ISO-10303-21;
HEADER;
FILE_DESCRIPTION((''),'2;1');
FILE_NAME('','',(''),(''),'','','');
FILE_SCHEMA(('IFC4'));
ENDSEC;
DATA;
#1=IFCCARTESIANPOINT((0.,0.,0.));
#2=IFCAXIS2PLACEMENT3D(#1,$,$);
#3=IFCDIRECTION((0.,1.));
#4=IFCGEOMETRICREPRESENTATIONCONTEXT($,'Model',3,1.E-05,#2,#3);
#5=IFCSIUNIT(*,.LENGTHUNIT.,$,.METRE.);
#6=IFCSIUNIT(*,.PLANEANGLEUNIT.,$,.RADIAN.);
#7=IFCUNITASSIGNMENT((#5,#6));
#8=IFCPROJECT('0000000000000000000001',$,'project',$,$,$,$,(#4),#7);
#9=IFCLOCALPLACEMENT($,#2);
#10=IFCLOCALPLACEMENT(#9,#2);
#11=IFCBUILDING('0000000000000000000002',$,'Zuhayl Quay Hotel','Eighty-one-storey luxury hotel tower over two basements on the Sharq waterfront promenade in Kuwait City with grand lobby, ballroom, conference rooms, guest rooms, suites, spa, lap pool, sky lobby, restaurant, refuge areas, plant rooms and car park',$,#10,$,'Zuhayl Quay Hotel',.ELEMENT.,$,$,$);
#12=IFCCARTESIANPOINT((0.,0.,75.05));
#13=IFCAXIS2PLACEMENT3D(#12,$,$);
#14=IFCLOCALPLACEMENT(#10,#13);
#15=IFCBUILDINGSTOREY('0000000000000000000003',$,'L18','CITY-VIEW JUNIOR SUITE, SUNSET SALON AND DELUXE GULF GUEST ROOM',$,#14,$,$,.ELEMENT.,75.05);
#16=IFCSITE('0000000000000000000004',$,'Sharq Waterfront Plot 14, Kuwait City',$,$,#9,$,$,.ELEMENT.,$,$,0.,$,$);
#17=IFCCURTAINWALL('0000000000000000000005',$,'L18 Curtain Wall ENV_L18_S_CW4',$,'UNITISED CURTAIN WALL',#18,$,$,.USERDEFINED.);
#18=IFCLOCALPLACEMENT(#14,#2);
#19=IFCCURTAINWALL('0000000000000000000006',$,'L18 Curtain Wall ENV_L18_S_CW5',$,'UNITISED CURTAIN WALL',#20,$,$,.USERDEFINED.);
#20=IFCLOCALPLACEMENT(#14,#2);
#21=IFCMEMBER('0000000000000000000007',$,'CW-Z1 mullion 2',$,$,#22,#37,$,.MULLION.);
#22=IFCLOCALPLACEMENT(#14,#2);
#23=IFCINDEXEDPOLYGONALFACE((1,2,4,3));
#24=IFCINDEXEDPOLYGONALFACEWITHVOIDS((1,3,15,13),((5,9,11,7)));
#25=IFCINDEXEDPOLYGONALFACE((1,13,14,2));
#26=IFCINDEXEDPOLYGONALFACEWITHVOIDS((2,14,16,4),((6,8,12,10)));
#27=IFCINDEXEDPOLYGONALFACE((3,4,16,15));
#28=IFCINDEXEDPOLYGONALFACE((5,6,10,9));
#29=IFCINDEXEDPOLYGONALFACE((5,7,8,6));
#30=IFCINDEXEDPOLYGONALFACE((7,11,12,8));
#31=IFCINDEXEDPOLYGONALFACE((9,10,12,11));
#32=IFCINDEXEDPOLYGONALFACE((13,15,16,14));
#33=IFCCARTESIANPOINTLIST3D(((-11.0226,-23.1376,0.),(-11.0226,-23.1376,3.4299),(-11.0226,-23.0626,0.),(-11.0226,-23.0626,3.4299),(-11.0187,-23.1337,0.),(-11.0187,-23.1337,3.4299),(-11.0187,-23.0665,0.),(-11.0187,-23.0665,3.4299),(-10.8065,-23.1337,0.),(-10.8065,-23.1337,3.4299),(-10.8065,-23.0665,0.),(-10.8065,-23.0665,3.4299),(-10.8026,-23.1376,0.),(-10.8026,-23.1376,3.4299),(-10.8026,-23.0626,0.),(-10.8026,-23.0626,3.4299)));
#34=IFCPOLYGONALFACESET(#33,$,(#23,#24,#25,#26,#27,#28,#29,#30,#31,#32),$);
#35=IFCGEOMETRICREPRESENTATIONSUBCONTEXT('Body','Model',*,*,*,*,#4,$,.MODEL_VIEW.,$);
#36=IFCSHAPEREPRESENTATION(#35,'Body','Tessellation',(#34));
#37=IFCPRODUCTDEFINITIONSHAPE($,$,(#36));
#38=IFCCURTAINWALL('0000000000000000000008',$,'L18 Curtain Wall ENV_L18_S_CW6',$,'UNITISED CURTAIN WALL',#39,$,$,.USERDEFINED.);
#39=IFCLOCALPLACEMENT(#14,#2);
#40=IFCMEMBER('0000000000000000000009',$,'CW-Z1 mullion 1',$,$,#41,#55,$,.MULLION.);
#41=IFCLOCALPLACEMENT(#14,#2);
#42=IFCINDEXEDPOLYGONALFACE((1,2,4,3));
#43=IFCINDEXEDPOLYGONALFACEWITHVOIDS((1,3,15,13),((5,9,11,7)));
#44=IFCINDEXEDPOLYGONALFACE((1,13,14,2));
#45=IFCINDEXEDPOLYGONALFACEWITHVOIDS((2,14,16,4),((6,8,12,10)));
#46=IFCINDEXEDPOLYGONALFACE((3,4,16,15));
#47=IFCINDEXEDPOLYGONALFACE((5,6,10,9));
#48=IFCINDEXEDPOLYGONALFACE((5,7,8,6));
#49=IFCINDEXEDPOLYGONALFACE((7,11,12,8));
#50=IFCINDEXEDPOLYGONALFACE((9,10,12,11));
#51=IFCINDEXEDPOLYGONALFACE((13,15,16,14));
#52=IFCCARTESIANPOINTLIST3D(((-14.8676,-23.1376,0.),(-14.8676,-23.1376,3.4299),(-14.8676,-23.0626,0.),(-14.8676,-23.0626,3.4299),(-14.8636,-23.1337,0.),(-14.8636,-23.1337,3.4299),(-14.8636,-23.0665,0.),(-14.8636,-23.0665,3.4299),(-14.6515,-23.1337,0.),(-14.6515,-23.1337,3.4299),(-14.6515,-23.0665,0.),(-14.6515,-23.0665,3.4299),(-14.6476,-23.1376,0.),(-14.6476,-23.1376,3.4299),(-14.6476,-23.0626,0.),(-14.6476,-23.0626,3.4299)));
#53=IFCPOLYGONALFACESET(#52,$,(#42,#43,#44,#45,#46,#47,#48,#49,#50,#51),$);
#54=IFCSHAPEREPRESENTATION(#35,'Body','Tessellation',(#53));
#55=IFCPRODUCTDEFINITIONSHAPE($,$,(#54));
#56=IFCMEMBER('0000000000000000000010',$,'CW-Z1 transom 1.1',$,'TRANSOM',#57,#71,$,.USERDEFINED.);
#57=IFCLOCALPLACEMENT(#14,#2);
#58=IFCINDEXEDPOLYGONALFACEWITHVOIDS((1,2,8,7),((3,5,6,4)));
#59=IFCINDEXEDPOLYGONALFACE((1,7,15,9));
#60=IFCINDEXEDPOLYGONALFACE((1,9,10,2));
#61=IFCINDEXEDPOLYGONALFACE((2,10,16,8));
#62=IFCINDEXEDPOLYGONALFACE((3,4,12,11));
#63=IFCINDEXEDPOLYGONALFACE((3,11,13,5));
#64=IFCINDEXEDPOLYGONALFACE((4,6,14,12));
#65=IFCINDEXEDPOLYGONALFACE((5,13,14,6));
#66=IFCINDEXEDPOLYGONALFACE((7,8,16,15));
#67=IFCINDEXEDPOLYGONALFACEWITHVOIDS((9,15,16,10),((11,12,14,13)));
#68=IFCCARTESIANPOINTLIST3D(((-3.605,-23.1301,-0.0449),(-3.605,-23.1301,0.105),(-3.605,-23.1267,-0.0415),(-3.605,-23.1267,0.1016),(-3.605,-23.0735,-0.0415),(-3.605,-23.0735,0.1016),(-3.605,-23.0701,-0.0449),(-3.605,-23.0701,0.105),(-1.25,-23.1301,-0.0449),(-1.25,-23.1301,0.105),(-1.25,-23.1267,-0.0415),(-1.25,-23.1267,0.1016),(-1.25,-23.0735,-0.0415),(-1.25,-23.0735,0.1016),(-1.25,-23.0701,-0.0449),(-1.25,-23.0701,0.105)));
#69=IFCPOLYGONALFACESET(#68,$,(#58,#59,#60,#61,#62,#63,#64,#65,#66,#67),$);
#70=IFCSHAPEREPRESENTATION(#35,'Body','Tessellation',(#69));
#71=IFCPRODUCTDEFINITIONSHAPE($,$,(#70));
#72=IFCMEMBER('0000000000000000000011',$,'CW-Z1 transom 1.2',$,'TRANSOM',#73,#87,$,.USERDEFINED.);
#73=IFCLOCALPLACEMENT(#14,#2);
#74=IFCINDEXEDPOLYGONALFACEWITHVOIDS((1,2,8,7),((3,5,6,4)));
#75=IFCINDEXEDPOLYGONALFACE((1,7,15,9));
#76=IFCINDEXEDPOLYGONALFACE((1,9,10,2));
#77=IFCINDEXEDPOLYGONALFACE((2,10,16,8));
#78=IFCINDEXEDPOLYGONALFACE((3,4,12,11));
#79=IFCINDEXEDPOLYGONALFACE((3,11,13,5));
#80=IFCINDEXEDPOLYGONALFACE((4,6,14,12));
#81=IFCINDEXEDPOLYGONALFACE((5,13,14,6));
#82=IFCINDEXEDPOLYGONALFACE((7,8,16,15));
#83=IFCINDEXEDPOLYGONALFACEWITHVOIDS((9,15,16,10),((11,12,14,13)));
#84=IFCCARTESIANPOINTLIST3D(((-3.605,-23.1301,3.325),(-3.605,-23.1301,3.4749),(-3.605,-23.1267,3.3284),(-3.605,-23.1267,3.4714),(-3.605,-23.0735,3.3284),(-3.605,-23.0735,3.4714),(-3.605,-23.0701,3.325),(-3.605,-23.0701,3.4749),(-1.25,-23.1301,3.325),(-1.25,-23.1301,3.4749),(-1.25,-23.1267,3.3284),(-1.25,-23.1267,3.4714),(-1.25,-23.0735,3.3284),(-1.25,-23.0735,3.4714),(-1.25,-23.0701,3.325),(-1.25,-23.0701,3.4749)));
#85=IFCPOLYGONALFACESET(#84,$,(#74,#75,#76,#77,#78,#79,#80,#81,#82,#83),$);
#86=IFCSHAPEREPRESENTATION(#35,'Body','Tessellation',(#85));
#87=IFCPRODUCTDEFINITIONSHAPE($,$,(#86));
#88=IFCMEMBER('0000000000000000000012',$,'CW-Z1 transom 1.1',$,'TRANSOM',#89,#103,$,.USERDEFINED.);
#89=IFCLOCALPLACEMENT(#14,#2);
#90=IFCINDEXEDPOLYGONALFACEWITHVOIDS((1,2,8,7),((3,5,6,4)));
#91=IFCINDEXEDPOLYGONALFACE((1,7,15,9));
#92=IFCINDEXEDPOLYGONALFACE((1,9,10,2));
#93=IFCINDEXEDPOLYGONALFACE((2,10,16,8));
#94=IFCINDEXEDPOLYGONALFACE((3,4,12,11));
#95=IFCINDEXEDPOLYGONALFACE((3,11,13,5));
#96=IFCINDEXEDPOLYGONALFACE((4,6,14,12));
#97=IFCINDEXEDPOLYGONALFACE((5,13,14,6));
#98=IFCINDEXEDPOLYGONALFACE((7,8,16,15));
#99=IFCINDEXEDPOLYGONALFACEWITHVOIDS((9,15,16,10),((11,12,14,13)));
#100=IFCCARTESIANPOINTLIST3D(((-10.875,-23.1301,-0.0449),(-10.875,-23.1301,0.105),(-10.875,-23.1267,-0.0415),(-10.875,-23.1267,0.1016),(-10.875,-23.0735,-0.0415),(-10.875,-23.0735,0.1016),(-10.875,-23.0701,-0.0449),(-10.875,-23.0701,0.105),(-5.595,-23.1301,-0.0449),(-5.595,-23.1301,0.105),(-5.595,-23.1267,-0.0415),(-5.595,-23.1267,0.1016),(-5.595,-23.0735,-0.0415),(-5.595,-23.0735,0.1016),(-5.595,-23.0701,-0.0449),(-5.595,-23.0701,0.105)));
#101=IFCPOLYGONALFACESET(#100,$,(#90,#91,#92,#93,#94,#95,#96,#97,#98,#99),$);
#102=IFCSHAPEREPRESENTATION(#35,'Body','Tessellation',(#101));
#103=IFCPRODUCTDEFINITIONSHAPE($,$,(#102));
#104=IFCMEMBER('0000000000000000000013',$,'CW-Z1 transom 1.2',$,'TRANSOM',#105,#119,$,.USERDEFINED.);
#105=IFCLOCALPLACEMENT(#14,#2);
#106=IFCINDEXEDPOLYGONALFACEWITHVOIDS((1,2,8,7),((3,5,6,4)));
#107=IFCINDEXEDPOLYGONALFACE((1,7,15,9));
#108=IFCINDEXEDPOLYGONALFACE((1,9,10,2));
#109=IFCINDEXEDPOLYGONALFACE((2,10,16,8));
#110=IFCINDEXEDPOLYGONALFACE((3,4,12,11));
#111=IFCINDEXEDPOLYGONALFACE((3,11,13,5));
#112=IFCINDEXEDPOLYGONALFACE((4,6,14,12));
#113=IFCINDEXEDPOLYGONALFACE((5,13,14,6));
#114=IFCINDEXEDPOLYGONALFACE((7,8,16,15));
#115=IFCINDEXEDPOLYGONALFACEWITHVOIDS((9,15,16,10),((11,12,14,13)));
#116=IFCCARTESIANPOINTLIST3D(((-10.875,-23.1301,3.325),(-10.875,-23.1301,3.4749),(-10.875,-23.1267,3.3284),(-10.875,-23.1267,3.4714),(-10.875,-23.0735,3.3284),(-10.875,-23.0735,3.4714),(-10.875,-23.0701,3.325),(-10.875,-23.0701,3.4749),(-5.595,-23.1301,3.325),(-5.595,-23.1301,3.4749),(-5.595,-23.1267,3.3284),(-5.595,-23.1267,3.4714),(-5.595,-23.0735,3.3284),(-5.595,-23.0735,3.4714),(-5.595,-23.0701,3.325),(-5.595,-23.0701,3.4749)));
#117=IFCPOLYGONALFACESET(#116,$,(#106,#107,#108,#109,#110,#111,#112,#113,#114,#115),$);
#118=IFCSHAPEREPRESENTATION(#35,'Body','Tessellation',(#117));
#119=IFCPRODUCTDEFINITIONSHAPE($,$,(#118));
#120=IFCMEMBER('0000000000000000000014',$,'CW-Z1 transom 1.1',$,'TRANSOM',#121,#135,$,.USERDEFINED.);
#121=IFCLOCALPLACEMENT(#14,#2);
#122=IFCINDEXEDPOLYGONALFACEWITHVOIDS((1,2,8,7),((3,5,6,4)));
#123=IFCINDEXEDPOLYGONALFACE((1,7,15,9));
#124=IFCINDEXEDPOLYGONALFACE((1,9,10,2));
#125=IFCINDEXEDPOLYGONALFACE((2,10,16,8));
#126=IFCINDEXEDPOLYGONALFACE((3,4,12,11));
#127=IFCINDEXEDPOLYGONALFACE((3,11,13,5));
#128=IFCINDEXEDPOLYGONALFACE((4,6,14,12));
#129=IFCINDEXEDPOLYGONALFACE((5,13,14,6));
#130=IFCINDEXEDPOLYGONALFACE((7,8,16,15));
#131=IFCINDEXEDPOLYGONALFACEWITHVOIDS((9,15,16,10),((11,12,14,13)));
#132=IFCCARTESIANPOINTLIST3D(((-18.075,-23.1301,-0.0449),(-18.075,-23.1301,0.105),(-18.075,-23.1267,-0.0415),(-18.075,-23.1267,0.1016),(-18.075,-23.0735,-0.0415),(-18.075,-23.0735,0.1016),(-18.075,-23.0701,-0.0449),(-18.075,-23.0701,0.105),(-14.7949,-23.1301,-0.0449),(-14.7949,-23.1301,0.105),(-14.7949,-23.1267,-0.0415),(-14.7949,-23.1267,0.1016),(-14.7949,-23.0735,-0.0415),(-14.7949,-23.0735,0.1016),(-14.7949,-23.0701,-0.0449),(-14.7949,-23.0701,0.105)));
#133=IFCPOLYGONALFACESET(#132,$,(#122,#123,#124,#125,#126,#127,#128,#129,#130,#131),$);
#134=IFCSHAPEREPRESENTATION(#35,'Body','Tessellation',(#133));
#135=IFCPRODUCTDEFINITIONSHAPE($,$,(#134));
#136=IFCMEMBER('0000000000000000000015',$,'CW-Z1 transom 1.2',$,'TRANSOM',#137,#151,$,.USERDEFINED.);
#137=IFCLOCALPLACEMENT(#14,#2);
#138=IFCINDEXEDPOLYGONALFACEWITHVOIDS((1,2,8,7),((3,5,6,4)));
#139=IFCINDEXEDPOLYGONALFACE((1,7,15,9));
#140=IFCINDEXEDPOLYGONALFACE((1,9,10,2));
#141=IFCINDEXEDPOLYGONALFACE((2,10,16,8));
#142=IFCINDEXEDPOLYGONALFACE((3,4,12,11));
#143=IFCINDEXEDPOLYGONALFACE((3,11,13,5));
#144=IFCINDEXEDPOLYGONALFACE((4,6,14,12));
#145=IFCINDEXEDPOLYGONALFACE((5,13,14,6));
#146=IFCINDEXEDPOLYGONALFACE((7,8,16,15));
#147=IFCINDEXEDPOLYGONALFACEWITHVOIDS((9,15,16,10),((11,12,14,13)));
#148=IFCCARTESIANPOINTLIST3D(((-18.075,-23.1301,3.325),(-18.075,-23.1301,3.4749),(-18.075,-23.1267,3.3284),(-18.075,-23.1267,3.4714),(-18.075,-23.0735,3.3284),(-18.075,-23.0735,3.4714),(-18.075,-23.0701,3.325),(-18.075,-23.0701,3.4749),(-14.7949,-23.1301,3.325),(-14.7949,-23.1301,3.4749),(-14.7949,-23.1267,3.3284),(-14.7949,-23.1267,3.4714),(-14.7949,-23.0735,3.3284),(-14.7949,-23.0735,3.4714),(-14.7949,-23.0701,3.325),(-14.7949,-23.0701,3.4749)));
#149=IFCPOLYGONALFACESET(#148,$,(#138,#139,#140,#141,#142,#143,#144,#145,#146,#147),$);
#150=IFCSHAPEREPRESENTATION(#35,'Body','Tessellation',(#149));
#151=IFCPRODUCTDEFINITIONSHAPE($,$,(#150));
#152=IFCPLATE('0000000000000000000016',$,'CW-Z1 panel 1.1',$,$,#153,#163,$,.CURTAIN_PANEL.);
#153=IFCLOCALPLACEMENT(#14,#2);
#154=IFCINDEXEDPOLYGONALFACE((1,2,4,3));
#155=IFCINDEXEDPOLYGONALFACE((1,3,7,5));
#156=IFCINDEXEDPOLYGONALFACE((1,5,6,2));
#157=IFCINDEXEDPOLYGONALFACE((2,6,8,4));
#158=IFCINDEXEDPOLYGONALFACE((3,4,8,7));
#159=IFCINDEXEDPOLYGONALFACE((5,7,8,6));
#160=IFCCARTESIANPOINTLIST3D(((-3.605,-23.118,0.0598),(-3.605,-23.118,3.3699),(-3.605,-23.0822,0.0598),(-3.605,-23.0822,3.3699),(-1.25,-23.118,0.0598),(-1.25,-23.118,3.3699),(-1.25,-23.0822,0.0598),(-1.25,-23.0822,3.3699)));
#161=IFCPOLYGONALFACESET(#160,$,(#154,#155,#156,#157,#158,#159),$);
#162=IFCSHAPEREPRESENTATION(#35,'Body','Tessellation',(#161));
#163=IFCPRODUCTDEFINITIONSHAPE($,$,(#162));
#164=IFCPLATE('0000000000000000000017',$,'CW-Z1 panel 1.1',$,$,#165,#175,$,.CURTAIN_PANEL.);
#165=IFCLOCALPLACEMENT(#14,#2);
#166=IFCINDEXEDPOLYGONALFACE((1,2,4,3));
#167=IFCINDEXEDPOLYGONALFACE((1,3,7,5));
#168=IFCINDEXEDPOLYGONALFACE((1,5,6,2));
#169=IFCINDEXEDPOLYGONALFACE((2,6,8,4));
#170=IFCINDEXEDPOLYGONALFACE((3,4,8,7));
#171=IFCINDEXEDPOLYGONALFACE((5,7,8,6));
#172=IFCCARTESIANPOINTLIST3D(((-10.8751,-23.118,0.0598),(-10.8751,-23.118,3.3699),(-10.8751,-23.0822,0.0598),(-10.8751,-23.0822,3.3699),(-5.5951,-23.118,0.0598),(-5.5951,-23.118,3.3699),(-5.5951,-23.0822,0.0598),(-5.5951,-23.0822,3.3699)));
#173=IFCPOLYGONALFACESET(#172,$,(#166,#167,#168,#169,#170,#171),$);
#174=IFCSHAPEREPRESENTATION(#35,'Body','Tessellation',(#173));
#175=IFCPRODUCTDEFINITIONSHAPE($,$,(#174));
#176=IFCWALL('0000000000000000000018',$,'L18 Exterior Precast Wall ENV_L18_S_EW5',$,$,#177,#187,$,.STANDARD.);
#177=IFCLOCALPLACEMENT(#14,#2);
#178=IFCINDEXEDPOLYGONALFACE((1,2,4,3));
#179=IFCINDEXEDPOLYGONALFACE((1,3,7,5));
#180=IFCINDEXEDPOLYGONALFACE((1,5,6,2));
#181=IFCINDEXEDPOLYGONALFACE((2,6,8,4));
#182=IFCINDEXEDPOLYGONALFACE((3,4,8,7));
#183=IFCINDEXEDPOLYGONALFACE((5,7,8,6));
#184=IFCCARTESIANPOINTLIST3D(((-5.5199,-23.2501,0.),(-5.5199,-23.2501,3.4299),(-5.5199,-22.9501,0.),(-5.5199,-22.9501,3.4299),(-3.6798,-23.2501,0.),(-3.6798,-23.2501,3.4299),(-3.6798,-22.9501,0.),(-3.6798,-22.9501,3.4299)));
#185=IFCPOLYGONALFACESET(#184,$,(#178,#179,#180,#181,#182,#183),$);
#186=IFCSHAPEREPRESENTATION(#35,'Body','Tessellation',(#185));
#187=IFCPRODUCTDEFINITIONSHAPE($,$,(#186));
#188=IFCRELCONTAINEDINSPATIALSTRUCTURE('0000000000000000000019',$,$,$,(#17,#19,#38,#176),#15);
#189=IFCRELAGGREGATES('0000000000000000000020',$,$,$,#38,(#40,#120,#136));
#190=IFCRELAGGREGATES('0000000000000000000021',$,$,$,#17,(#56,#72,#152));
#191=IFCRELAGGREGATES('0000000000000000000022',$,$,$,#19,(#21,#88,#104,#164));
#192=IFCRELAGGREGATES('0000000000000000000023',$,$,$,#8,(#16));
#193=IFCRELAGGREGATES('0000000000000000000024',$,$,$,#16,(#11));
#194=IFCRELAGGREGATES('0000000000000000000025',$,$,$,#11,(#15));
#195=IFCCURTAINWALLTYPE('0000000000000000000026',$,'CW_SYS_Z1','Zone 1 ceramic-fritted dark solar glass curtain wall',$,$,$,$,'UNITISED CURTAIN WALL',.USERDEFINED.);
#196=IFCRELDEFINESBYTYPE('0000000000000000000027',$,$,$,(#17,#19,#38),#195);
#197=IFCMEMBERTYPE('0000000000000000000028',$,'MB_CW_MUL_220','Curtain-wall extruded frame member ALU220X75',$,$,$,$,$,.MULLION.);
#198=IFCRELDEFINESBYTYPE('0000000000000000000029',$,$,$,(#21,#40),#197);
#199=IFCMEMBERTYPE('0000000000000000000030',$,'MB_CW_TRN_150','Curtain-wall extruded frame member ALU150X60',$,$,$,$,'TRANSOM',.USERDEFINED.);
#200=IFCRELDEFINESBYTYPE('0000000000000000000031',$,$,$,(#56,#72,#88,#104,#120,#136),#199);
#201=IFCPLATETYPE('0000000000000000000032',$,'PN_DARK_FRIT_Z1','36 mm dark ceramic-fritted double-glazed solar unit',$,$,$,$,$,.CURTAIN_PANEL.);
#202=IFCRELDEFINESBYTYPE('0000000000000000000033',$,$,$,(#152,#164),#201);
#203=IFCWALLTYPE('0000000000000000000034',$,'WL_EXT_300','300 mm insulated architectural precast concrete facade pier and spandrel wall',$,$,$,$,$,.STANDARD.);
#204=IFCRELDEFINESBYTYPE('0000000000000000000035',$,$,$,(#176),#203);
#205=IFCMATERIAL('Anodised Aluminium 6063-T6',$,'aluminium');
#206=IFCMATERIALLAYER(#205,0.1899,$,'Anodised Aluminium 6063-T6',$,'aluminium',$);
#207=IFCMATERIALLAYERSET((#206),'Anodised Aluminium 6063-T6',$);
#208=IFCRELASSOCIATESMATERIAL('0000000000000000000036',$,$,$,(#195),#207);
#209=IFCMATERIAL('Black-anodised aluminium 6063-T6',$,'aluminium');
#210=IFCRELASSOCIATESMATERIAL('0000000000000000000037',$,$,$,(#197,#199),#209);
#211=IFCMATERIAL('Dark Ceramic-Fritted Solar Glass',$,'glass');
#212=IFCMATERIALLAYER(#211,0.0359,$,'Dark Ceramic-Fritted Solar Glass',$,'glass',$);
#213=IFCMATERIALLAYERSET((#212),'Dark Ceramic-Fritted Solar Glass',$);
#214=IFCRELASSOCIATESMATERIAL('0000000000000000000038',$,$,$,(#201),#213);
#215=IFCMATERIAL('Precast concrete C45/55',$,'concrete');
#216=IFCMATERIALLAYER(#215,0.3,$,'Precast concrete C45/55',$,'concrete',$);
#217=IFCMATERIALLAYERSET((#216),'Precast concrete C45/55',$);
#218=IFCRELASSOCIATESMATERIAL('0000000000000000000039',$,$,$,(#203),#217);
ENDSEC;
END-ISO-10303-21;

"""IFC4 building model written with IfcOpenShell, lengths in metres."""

from ifc_helpers import new_model, si_unit, direction, frame, frame_2d, origin, origin_2d, place, context, subcontext, project, spatial, rectangle, hollow_rectangle, extrude, material, layer, layer_set, material_profile, profile_set, type_object, element, aggregate, save


model = new_model("IFC4")

# Units and contexts
model_context = context("Model", 3, precision=1e-05, world=origin(), true_north=direction((0.0, 1.0)))
body_context = subcontext(model_context, "Body", "Model", "MODEL_VIEW")
ifc_project = project(units=[si_unit("LENGTHUNIT", "METRE"), si_unit("PLANEANGLEUNIT", "RADIAN")], contexts=[model_context])

# Site, building, storey
site_placement = place(None, origin())
site = spatial("IfcSite", under=ifc_project, at=site_placement, Name="Sharq Waterfront Plot 14, Kuwait City", CompositionType="ELEMENT", RefElevation=0.0)
building_placement = place(site_placement, origin())
building = spatial("IfcBuilding", under=site, at=building_placement, Name="Zuhayl Quay Hotel", Description="Eighty-one-storey luxury hotel tower over two basements on the Sharq waterfront promenade in Kuwait City with grand lobby, ballroom, conference rooms, guest rooms, suites, spa, lap pool, sky lobby, restaurant, refuge areas, plant rooms and car park", LongName="Zuhayl Quay Hotel", CompositionType="ELEMENT")
storey_placement = place(building_placement, frame((0.0, 0.0, 75.05)))
storey = spatial("IfcBuildingStorey", under=building, at=storey_placement, Name="L18", Description="CITY-VIEW JUNIOR SUITE, SUNSET SALON AND DELUXE GULF GUEST ROOM", CompositionType="ELEMENT", Elevation=75.05)

# Curtain walls, member
ifc_material_1 = material(Name="Anodised Aluminium 6063-T6", Category="aluminium")
ifc_layer_1 = layer(ifc_material_1, 0.1899, Name="Anodised Aluminium 6063-T6", Category="aluminium")
ifc_layer_set_1 = layer_set([ifc_layer_1], Name="Anodised Aluminium 6063-T6")
curtain_wall_type = type_object("IfcCurtainWallType", Name="CW_SYS_Z1", Description="Zone 1 ceramic-fritted dark solar glass curtain wall", ElementType="UNITISED CURTAIN WALL", PredefinedType="USERDEFINED", material=ifc_layer_set_1)
curtain_wall_1_placement = place(storey_placement, origin())
curtain_wall_1 = element("IfcCurtainWall", 1, at=curtain_wall_1_placement, inside=storey, type_object=curtain_wall_type, Name="L18 Curtain Wall ENV_L18_S_CW4", ObjectType="UNITISED CURTAIN WALL", PredefinedType="USERDEFINED")
ifc_material_2 = material(Name="Black-anodised aluminium 6063-T6", Category="aluminium")
ifc_material_profile_1 = material_profile(ifc_material_2, hollow_rectangle(XDim=0.075, YDim=0.22, WallThickness=0.0039, at=origin_2d()), Name="ALU220X75")
ifc_profile_set_1 = profile_set([ifc_material_profile_1], Name="Black-anodised aluminium 6063-T6")
member_type_1 = type_object("IfcMemberType", Name="MB_CW_MUL_220", Description="Curtain-wall extruded frame member ALU220X75", PredefinedType="MULLION", material=ifc_profile_set_1)
curtain_wall_2_placement = place(storey_placement, origin())
curtain_wall_2 = element("IfcCurtainWall", 2, at=curtain_wall_2_placement, inside=storey, type_object=curtain_wall_type, Name="L18 Curtain Wall ENV_L18_S_CW5", ObjectType="UNITISED CURTAIN WALL", PredefinedType="USERDEFINED")
member_1_placement = place(storey_placement, frame((-10.9126, -23.1001, 0.0), z_axis=(0.0, 0.0, 1.0), x_axis=(0.0, -1.0, 0.0)))
member_1 = element("IfcMember", 3, at=member_1_placement, type_object=member_type_1, Name="CW-Z1 mullion 2", PredefinedType="MULLION", context=body_context, shape_type="SweptSolid", body=[
    extrude(hollow_rectangle(XDim=0.075, YDim=0.22, WallThickness=0.0039, at=origin_2d()), origin(), (0.0, 0.0, 1.0), 3.4299),
])

# Curtain wall, member
curtain_wall_3_placement = place(storey_placement, origin())
curtain_wall_3 = element("IfcCurtainWall", 4, at=curtain_wall_3_placement, inside=storey, type_object=curtain_wall_type, Name="L18 Curtain Wall ENV_L18_S_CW6", ObjectType="UNITISED CURTAIN WALL", PredefinedType="USERDEFINED")
member_2_placement = place(storey_placement, frame((-14.7576, -23.1001, 0.0), z_axis=(0.0, 0.0, 1.0), x_axis=(0.0, -1.0, 0.0)))
member_2 = element("IfcMember", 5, at=member_2_placement, type_object=member_type_1, Name="CW-Z1 mullion 1", PredefinedType="MULLION", context=body_context, shape_type="SweptSolid", body=[
    extrude(hollow_rectangle(XDim=0.075, YDim=0.22, WallThickness=0.0039, at=origin_2d()), origin(), (0.0, 0.0, 1.0), 3.4299),
])

# Members
ifc_material_profile_2 = material_profile(ifc_material_2, hollow_rectangle(XDim=0.0601, YDim=0.1499, WallThickness=0.0034, at=origin_2d()), Name="ALU150X60")
ifc_profile_set_2 = profile_set([ifc_material_profile_2], Name="Black-anodised aluminium 6063-T6")
member_type_2 = type_object("IfcMemberType", Name="MB_CW_TRN_150", Description="Curtain-wall extruded frame member ALU150X60", ElementType="TRANSOM", PredefinedType="USERDEFINED", material=ifc_profile_set_2)
member_3_placement = place(storey_placement, frame((-1.25, -23.1001, 0.03), z_axis=(-1.0, 0.0, 0.0), x_axis=(0.0, -1.0, 0.0)))
member_3 = element("IfcMember", 6, at=member_3_placement, type_object=member_type_2, Name="CW-Z1 transom 1.1", ObjectType="TRANSOM", PredefinedType="USERDEFINED", context=body_context, shape_type="SweptSolid", body=[
    extrude(hollow_rectangle(XDim=0.0601, YDim=0.1499, WallThickness=0.0034, at=origin_2d()), origin(), (0.0, 0.0, 1.0), 2.355),
])
member_4_placement = place(storey_placement, frame((-1.25, -23.1001, 3.3999), z_axis=(-1.0, 0.0, 0.0), x_axis=(0.0, -1.0, 0.0)))
member_4 = element("IfcMember", 7, at=member_4_placement, type_object=member_type_2, Name="CW-Z1 transom 1.2", ObjectType="TRANSOM", PredefinedType="USERDEFINED", context=body_context, shape_type="SweptSolid", body=[
    extrude(hollow_rectangle(XDim=0.0601, YDim=0.1499, WallThickness=0.0034, at=origin_2d()), origin(), (0.0, 0.0, 1.0), 2.355),
])
member_5_placement = place(storey_placement, frame((-5.595, -23.1001, 0.03), z_axis=(-1.0, 0.0, 0.0), x_axis=(0.0, -1.0, 0.0)))
member_5 = element("IfcMember", 8, at=member_5_placement, type_object=member_type_2, Name="CW-Z1 transom 1.1", ObjectType="TRANSOM", PredefinedType="USERDEFINED", context=body_context, shape_type="SweptSolid", body=[
    extrude(hollow_rectangle(XDim=0.0601, YDim=0.1499, WallThickness=0.0034, at=origin_2d()), origin(), (0.0, 0.0, 1.0), 5.28),
])
member_6_placement = place(storey_placement, frame((-5.595, -23.1001, 3.3999), z_axis=(-1.0, 0.0, 0.0), x_axis=(0.0, -1.0, 0.0)))
member_6 = element("IfcMember", 9, at=member_6_placement, type_object=member_type_2, Name="CW-Z1 transom 1.2", ObjectType="TRANSOM", PredefinedType="USERDEFINED", context=body_context, shape_type="SweptSolid", body=[
    extrude(hollow_rectangle(XDim=0.0601, YDim=0.1499, WallThickness=0.0034, at=origin_2d()), origin(), (0.0, 0.0, 1.0), 5.28),
])
member_7_placement = place(storey_placement, frame((-14.7949, -23.1001, 0.03), z_axis=(-1.0, 0.0, 0.0), x_axis=(0.0, -1.0, 0.0)))
member_7 = element("IfcMember", 10, at=member_7_placement, type_object=member_type_2, Name="CW-Z1 transom 1.1", ObjectType="TRANSOM", PredefinedType="USERDEFINED", context=body_context, shape_type="SweptSolid", body=[
    extrude(hollow_rectangle(XDim=0.0601, YDim=0.1499, WallThickness=0.0034, at=origin_2d()), origin(), (0.0, 0.0, 1.0), 3.28),
])
member_8_placement = place(storey_placement, frame((-14.7949, -23.1001, 3.3999), z_axis=(-1.0, 0.0, 0.0), x_axis=(0.0, -1.0, 0.0)))
member_8 = element("IfcMember", 11, at=member_8_placement, type_object=member_type_2, Name="CW-Z1 transom 1.2", ObjectType="TRANSOM", PredefinedType="USERDEFINED", context=body_context, shape_type="SweptSolid", body=[
    extrude(hollow_rectangle(XDim=0.0601, YDim=0.1499, WallThickness=0.0034, at=origin_2d()), origin(), (0.0, 0.0, 1.0), 3.28),
])
aggregate(curtain_wall_3, [member_2, member_7, member_8])

# Plates
ifc_material_3 = material(Name="Dark Ceramic-Fritted Solar Glass", Category="glass")
ifc_layer_2 = layer(ifc_material_3, 0.0359, Name="Dark Ceramic-Fritted Solar Glass", Category="glass")
ifc_layer_set_2 = layer_set([ifc_layer_2], Name="Dark Ceramic-Fritted Solar Glass")
plate_type = type_object("IfcPlateType", Name="PN_DARK_FRIT_Z1", Description="36 mm dark ceramic-fritted double-glazed solar unit", PredefinedType="CURTAIN_PANEL", material=ifc_layer_set_2)
plate_1_placement = place(storey_placement, frame((-2.4275, -23.1001, 0.0598), z_axis=(0.0, 0.0, 1.0), x_axis=(-1.0, 0.0, 0.0)))
plate_1 = element("IfcPlate", 12, at=plate_1_placement, type_object=plate_type, Name="CW-Z1 panel 1.1", PredefinedType="CURTAIN_PANEL", context=body_context, shape_type="SweptSolid", body=[
    extrude(rectangle(XDim=2.355, YDim=0.0359, at=origin_2d()), origin(), (0.0, 0.0, 1.0), 3.3101),
])
aggregate(curtain_wall_1, [member_3, member_4, plate_1])
plate_2_placement = place(storey_placement, frame((-8.2351, -23.1001, 0.0598), z_axis=(0.0, 0.0, 1.0), x_axis=(-1.0, 0.0, 0.0)))
plate_2 = element("IfcPlate", 13, at=plate_2_placement, type_object=plate_type, Name="CW-Z1 panel 1.1", PredefinedType="CURTAIN_PANEL", context=body_context, shape_type="SweptSolid", body=[
    extrude(rectangle(XDim=5.28, YDim=0.0359, at=origin_2d()), origin(), (0.0, 0.0, 1.0), 3.3101),
])
aggregate(curtain_wall_2, [member_1, member_5, member_6, plate_2])

# Wall
ifc_material_4 = material(Name="Precast concrete C45/55", Category="concrete")
ifc_layer_3 = layer(ifc_material_4, 0.3, Name="Precast concrete C45/55", Category="concrete")
ifc_layer_set_3 = layer_set([ifc_layer_3], Name="Precast concrete C45/55")
wall_type_1 = type_object("IfcWallType", Name="WL_EXT_300", Description="300 mm insulated architectural precast concrete facade pier and spandrel wall", PredefinedType="STANDARD", material=ifc_layer_set_3)
wall_1_placement = place(storey_placement, frame((-3.6799, -23.1001, 0.0), z_axis=(0.0, 0.0, 1.0), x_axis=(-1.0, 0.0, 0.0)))
element("IfcWall", 14, at=wall_1_placement, inside=storey, type_object=wall_type_1, Name="L18 Exterior Precast Wall ENV_L18_S_EW5", PredefinedType="STANDARD", context=body_context, shape_type="SweptSolid", body=[
    extrude(rectangle(XDim=1.8401, YDim=0.3, at=frame_2d((0.9199, 0.0))), origin(), (0.0, 0.0, 1.0), 3.4299),
])

save(model, "model.ifc")
